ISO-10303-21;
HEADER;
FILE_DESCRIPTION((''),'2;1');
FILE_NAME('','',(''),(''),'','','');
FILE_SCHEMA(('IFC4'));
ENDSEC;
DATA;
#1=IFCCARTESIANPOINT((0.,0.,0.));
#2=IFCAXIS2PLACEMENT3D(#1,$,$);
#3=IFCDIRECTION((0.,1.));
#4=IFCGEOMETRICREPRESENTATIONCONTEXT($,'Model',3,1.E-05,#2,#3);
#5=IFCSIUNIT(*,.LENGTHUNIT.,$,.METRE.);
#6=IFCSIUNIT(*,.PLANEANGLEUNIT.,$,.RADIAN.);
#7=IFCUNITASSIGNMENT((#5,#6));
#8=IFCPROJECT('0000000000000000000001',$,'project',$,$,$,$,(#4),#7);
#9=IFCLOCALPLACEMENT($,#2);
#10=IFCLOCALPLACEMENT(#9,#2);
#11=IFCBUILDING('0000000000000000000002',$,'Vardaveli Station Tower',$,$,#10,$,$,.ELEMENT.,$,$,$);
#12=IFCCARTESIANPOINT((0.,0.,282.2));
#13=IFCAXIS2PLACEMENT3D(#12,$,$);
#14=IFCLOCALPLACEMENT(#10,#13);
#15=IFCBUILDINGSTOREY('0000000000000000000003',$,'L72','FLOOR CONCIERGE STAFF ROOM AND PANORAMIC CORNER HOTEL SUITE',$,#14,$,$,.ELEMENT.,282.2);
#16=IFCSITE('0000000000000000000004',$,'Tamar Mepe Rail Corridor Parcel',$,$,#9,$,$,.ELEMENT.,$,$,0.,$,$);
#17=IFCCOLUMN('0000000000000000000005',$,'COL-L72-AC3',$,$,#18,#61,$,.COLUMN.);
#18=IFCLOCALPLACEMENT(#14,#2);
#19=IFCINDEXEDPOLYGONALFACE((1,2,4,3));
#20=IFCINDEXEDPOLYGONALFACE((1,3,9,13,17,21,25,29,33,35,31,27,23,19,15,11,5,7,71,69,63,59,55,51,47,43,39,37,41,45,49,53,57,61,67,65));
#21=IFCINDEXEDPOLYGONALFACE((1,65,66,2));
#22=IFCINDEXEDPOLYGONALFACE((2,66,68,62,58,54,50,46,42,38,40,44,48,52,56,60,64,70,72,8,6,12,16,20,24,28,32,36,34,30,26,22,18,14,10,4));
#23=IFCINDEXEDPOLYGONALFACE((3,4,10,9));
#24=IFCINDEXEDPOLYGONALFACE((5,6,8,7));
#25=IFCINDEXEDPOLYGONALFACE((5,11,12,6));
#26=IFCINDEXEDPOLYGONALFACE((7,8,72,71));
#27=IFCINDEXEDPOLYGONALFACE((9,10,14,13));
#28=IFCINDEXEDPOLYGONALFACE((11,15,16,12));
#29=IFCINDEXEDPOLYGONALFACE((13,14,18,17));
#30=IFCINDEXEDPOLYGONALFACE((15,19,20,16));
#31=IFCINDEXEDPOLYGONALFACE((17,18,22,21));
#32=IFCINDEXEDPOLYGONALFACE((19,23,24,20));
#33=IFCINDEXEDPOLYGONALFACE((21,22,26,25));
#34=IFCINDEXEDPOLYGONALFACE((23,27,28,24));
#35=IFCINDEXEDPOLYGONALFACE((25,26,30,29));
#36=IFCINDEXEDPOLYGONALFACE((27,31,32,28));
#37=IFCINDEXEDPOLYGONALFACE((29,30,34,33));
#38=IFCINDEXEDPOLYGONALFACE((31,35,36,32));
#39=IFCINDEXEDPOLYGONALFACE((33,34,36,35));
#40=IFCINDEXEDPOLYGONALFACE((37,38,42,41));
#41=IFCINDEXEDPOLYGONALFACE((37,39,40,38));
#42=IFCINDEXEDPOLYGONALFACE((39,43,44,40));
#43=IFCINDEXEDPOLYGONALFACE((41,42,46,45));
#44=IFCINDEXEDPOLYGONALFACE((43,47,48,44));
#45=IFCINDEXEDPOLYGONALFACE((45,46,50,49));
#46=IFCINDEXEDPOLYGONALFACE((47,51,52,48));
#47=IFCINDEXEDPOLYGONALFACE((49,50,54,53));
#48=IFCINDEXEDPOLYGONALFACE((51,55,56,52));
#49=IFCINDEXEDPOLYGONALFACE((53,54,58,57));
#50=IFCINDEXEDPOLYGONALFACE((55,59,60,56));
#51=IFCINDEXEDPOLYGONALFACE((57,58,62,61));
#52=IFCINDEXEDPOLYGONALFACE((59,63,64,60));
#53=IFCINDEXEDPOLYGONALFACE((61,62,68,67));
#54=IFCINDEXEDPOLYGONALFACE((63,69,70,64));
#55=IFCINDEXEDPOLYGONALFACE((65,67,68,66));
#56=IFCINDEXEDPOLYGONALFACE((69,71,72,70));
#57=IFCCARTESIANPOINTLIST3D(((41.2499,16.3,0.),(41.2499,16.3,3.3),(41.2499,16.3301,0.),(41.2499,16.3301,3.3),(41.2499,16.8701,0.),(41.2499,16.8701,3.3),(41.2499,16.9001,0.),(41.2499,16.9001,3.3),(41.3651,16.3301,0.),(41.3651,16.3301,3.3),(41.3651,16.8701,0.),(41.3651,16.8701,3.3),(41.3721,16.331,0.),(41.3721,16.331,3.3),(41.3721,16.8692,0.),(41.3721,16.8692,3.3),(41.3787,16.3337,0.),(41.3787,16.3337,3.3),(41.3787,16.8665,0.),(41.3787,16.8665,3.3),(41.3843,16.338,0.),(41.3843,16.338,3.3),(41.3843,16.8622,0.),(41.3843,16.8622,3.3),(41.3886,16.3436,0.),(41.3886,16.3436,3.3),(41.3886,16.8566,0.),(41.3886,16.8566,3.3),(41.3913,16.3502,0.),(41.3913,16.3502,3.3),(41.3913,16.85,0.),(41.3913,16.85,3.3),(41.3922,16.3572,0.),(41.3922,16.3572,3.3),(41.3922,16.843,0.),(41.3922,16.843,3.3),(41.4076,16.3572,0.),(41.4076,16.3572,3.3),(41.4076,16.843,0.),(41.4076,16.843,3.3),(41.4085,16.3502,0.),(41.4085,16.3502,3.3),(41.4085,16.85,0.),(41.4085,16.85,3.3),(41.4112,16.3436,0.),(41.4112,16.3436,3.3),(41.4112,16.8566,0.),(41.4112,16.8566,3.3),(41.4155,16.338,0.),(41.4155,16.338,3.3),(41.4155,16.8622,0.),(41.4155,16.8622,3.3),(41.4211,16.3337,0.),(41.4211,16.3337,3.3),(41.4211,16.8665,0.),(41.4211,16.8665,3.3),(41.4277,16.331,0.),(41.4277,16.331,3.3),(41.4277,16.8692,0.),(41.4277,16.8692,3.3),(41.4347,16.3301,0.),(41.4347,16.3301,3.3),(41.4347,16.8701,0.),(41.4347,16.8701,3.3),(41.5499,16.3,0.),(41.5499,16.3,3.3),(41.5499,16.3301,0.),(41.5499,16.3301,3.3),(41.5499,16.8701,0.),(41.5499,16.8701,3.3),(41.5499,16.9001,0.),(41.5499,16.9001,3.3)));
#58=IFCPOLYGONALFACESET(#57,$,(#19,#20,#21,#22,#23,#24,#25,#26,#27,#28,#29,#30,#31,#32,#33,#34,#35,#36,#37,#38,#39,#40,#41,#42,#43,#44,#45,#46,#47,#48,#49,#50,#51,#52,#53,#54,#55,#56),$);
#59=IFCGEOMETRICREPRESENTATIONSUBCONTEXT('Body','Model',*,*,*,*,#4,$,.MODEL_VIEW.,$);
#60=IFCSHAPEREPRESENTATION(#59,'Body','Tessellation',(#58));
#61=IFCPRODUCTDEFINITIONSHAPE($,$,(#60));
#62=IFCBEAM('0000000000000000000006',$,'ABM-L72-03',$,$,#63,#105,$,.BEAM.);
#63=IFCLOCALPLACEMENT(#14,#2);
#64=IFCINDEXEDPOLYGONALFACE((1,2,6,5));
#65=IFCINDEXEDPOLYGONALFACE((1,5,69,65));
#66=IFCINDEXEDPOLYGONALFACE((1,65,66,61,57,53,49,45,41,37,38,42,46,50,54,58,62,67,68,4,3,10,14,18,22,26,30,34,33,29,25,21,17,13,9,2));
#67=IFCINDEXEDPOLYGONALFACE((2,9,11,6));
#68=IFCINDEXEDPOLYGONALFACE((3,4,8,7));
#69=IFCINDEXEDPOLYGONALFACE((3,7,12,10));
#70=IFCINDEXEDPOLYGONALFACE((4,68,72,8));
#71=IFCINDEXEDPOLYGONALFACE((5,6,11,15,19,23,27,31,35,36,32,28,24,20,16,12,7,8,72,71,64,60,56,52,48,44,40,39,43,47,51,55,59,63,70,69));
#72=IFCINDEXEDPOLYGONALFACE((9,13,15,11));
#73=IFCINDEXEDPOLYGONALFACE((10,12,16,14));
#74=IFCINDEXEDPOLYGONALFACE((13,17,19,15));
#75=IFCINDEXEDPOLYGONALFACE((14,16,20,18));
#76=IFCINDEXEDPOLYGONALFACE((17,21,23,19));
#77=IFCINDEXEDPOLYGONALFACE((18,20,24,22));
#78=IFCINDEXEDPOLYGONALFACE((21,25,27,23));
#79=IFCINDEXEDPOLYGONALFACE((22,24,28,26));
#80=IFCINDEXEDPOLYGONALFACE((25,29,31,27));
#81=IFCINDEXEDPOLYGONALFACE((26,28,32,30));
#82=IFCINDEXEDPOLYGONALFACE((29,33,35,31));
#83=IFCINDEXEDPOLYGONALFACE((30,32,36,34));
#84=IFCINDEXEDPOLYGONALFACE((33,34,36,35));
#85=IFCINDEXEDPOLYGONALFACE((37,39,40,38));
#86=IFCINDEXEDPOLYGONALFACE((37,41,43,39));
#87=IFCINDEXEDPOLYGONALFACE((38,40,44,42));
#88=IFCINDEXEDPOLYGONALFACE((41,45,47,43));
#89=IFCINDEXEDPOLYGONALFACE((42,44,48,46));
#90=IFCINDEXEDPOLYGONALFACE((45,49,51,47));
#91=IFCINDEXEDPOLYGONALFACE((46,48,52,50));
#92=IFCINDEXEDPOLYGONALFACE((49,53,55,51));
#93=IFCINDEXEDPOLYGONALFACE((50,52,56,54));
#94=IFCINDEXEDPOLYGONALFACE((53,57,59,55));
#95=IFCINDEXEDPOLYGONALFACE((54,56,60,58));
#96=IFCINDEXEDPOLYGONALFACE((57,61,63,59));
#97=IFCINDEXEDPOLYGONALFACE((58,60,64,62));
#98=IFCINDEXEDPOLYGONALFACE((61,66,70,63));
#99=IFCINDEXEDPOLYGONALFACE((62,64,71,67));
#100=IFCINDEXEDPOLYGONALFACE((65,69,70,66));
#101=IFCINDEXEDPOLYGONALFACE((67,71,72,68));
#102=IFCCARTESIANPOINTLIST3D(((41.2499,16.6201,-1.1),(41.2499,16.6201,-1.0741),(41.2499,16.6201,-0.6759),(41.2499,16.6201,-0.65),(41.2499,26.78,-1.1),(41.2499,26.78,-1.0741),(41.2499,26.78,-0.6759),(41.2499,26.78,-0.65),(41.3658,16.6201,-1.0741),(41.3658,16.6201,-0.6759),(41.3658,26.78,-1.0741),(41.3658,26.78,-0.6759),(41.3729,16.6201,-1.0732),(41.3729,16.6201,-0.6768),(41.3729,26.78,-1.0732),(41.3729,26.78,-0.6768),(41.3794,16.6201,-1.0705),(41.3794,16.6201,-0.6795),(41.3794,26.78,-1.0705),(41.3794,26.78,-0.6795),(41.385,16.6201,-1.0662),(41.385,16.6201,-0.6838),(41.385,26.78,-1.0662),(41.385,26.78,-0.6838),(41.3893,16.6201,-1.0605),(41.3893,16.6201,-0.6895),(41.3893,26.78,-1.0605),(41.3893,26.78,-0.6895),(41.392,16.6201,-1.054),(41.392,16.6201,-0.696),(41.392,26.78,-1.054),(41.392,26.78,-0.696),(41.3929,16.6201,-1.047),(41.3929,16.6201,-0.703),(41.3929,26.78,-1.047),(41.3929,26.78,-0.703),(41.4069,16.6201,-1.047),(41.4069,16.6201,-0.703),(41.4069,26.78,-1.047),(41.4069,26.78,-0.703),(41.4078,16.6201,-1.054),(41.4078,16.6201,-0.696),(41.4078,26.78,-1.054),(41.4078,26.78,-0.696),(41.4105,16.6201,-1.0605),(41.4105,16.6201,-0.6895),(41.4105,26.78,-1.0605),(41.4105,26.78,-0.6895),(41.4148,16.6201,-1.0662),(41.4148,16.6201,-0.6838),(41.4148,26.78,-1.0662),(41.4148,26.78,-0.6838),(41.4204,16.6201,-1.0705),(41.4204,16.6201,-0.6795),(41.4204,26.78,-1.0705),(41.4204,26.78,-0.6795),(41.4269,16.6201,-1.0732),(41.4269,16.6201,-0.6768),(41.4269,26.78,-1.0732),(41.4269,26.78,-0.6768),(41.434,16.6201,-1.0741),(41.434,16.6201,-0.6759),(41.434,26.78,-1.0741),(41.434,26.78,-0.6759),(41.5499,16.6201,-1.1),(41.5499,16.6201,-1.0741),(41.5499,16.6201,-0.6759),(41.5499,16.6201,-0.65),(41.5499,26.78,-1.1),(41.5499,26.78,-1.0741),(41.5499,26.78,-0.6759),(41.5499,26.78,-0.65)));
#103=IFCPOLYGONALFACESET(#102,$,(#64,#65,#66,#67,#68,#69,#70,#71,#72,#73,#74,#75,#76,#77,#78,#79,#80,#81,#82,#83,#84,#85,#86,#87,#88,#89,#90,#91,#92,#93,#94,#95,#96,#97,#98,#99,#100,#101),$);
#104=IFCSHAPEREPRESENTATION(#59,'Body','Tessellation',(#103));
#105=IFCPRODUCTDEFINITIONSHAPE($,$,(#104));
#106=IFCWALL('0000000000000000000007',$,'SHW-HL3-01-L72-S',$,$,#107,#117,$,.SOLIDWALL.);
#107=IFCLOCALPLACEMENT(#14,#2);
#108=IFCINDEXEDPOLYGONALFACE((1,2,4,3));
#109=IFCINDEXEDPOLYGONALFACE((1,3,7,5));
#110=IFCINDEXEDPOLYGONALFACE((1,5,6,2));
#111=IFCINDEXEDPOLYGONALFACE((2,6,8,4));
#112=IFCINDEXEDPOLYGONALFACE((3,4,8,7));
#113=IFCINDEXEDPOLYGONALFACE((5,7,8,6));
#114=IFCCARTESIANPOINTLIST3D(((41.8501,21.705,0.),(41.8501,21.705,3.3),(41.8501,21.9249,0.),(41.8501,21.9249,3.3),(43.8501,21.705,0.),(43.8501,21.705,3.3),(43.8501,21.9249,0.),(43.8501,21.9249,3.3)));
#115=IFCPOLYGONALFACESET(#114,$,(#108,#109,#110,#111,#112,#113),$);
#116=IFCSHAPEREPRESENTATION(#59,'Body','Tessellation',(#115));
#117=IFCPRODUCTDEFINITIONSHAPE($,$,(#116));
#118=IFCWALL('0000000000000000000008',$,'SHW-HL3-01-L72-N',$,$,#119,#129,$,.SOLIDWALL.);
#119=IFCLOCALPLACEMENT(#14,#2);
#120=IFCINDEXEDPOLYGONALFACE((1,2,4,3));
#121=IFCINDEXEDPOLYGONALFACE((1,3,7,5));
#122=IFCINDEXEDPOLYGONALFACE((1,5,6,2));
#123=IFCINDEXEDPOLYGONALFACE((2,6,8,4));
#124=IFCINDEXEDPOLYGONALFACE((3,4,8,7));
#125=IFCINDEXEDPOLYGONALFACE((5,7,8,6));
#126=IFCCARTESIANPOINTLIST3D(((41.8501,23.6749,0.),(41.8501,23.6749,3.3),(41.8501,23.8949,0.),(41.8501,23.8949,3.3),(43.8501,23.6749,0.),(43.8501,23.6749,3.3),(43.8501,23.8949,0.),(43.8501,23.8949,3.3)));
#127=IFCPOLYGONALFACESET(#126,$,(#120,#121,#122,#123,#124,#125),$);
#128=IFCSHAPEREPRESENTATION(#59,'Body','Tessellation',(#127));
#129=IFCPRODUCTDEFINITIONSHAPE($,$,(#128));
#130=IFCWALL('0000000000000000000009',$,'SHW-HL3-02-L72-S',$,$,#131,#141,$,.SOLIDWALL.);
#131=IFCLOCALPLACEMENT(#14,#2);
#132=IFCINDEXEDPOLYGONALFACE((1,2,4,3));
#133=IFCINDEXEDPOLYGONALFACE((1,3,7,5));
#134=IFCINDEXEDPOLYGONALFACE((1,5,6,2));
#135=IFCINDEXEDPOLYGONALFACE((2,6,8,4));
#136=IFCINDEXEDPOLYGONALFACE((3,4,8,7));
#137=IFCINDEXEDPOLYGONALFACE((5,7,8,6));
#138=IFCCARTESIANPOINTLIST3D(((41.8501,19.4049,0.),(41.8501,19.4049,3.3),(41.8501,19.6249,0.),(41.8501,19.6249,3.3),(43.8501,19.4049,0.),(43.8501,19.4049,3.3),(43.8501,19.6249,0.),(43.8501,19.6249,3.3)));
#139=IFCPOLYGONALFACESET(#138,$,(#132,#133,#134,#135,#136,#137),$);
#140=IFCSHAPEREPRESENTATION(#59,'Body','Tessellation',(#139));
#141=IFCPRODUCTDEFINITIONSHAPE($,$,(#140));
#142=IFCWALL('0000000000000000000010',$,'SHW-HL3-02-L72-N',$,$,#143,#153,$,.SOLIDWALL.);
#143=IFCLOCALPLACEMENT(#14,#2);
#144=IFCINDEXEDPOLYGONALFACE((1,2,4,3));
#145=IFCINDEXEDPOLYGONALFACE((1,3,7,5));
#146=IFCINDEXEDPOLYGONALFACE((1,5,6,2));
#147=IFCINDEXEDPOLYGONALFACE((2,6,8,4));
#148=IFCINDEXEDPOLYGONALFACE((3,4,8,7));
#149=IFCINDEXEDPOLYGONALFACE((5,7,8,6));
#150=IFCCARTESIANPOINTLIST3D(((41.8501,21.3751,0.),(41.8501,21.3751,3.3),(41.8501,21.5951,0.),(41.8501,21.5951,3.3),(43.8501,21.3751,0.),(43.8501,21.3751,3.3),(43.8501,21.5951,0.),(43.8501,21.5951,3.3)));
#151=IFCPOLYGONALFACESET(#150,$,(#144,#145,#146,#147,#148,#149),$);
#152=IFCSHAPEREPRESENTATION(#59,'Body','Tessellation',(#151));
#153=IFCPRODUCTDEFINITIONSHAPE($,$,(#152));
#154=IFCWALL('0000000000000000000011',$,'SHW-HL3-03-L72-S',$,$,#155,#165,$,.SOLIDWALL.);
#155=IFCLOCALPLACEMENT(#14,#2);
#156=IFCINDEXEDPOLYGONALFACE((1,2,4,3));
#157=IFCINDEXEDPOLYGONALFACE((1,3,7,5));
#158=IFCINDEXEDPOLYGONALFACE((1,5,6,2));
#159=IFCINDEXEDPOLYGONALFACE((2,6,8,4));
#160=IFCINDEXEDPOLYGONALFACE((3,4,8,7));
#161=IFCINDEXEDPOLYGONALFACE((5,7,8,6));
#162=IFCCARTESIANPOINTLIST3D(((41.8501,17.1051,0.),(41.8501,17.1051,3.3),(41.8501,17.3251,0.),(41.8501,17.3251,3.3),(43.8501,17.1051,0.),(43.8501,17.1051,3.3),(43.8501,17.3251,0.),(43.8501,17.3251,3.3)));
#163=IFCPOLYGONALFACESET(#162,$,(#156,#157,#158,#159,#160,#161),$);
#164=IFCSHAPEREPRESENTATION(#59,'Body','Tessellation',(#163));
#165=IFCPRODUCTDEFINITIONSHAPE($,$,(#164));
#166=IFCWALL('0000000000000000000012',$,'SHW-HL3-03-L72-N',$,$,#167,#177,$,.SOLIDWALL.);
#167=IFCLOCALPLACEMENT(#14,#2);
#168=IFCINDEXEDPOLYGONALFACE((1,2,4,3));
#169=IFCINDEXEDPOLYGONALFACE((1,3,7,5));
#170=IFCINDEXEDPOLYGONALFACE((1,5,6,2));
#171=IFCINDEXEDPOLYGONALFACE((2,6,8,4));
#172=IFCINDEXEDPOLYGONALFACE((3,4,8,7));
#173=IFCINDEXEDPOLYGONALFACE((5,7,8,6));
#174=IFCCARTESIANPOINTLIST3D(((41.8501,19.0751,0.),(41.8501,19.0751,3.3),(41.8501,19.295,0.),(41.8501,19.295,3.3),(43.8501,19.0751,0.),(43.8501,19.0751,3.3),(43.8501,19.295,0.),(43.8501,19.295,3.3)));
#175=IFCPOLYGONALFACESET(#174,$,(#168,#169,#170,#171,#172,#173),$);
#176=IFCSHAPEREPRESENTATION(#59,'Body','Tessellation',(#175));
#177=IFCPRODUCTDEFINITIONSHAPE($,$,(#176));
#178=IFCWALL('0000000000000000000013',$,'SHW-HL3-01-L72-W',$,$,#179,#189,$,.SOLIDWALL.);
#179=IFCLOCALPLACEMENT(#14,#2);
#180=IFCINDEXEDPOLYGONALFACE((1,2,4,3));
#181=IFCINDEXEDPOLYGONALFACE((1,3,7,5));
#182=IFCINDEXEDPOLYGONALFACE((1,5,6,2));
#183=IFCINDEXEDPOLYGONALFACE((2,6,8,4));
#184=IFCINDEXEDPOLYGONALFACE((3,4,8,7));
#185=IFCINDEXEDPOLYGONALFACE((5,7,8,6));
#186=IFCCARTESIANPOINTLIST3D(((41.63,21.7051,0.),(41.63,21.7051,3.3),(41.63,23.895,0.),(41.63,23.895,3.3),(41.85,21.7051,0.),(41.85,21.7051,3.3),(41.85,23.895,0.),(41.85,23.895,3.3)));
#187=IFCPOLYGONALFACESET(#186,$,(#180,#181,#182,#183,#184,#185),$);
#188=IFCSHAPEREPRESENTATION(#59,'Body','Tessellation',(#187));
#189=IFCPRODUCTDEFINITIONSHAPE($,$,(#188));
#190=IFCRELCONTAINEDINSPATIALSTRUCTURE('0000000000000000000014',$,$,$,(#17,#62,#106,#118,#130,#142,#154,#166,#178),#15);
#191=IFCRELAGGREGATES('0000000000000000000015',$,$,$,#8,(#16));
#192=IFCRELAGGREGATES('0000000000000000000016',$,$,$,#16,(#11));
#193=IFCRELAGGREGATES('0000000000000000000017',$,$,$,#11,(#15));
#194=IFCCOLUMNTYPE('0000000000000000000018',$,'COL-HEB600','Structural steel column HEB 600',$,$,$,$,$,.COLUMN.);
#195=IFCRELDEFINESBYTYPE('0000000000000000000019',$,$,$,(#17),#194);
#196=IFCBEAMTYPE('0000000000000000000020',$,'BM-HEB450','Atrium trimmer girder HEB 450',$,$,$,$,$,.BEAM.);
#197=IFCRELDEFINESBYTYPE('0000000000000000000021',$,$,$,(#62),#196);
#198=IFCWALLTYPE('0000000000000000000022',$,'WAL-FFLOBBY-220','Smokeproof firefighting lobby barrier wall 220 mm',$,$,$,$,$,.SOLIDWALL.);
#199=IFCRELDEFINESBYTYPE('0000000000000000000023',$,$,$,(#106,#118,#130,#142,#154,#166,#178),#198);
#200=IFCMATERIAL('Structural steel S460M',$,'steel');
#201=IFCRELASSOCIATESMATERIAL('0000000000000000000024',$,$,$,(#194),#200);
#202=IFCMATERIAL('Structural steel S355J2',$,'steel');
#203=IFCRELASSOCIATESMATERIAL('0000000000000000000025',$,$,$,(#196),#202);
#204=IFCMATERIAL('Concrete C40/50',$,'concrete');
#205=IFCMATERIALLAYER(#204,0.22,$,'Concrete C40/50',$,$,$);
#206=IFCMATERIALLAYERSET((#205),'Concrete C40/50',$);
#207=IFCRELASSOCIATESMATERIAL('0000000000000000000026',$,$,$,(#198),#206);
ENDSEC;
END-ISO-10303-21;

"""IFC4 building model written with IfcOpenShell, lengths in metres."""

from ifc_helpers import new_model, si_unit, direction, frame, frame_2d, origin, origin_2d, place, context, subcontext, project, spatial, rectangle, i_section, extrude, source, transform, mapped, material, layer, layer_set, material_profile, profile_set, type_object, element, save


model = new_model("IFC4")

# Units and contexts
model_context = context("Model", 3, precision=1e-05, world=origin(), true_north=direction((0.0, 1.0)))
body_context = subcontext(model_context, "Body", "Model", "MODEL_VIEW")
ifc_project = project(units=[si_unit("LENGTHUNIT", "METRE"), si_unit("PLANEANGLEUNIT", "RADIAN")], contexts=[model_context])

# Site, building, storey
site_placement = place(None, origin())
site = spatial("IfcSite", under=ifc_project, at=site_placement, Name="Tamar Mepe Rail Corridor Parcel", CompositionType="ELEMENT", RefElevation=0.0)
building_placement = place(site_placement, origin())
building = spatial("IfcBuilding", under=site, at=building_placement, Name="Vardaveli Station Tower", CompositionType="ELEMENT")
storey_placement = place(building_placement, frame((0.0, 0.0, 282.2)))
storey = spatial("IfcBuildingStorey", under=building, at=storey_placement, Name="L72", Description="FLOOR CONCIERGE STAFF ROOM AND PANORAMIC CORNER HOTEL SUITE", CompositionType="ELEMENT", Elevation=282.2)

# Column
ifc_material_1 = material(Name="Structural steel S460M", Category="steel")
ifc_material_profile_1 = material_profile(ifc_material_1, i_section(OverallWidth=0.3, OverallDepth=0.6001, WebThickness=0.0154, FlangeThickness=0.03, FilletRadius=0.0271, at=origin_2d()), Name="HEB 600")
ifc_profile_set_1 = profile_set([ifc_material_profile_1], Name="Structural steel S460M")
column_type = type_object("IfcColumnType", Name="COL-HEB600", Description="Structural steel column HEB 600", PredefinedType="COLUMN", material=ifc_profile_set_1)
shared_shape_1 = source(origin(), body_context, "Body", "SweptSolid", [
    extrude(i_section(OverallWidth=0.3, OverallDepth=0.6001, WebThickness=0.0154, FlangeThickness=0.03, FilletRadius=0.0271, at=origin_2d()), origin(), (0.0, 0.0, 1.0), 3.3),
])
column_placement = place(storey_placement, frame((41.3999, 16.6001, 0.0), z_axis=(0.0, 0.0, 1.0), x_axis=(1.0, 0.0, 0.0)))
element("IfcColumn", 1, at=column_placement, inside=storey, type_object=column_type, Name="COL-L72-AC3", PredefinedType="COLUMN", context=body_context, shape_type="MappedRepresentation", body=[
    mapped(shared_shape_1, transform((0.0, 0.0, 0.0), scale=1.0)),
])

# Beam
ifc_material_2 = material(Name="Structural steel S355J2", Category="steel")
ifc_material_profile_2 = material_profile(ifc_material_2, i_section(OverallWidth=0.3, OverallDepth=0.45, WebThickness=0.0139, FlangeThickness=0.0259, FilletRadius=0.0271, at=origin_2d()), Name="HEB 450")
ifc_profile_set_2 = profile_set([ifc_material_profile_2], Name="Structural steel S355J2")
beam_type = type_object("IfcBeamType", Name="BM-HEB450", Description="Atrium trimmer girder HEB 450", PredefinedType="BEAM", material=ifc_profile_set_2)
shared_shape_2 = source(origin(), body_context, "Body", "SweptSolid", [
    extrude(i_section(OverallWidth=0.3, OverallDepth=0.45, WebThickness=0.0139, FlangeThickness=0.0259, FilletRadius=0.0271, at=origin_2d()), origin(), (0.0, 0.0, 1.0), 10.1599),
])
beam_placement = place(storey_placement, frame((41.3999, 16.6201, -0.875), z_axis=(0.0, 1.0, 0.0), x_axis=(-1.0, 0.0, 0.0)))
element("IfcBeam", 2, at=beam_placement, inside=storey, type_object=beam_type, Name="ABM-L72-03", PredefinedType="BEAM", context=body_context, shape_type="MappedRepresentation", body=[
    mapped(shared_shape_2, transform((0.0, 0.0, 0.0), scale=1.0)),
])

# Walls
ifc_material_3 = material(Name="Concrete C40/50", Category="concrete")
ifc_layer_1 = layer(ifc_material_3, 0.22, Name="Concrete C40/50")
ifc_layer_set_1 = layer_set([ifc_layer_1], Name="Concrete C40/50")
wall_type_1 = type_object("IfcWallType", Name="WAL-FFLOBBY-220", Description="Smokeproof firefighting lobby barrier wall 220 mm", PredefinedType="SOLIDWALL", material=ifc_layer_set_1)
shared_shape_3 = source(origin(), body_context, "Body", "SweptSolid", [
    extrude(rectangle(XDim=2.0, YDim=0.22, at=frame_2d((1.0, 0.0))), origin(), (0.0, 0.0, 1.0), 3.3),
])
for number, where, z_axis, x_axis, name in (
    (3, (41.8501, 21.8149, 0.0), (0.0, 0.0, 1.0), (1.0, 0.0, 0.0), "SHW-HL3-01-L72-S"),
    (4, (41.8501, 23.7849, 0.0), (0.0, 0.0, 1.0), (1.0, 0.0, 0.0), "SHW-HL3-01-L72-N"),
    (5, (41.8501, 19.5149, 0.0), (0.0, 0.0, 1.0), (1.0, 0.0, 0.0), "SHW-HL3-02-L72-S"),
    (6, (41.8501, 21.4851, 0.0), (0.0, 0.0, 1.0), (1.0, 0.0, 0.0), "SHW-HL3-02-L72-N"),
    (7, (41.8501, 17.2151, 0.0), (0.0, 0.0, 1.0), (1.0, 0.0, 0.0), "SHW-HL3-03-L72-S"),
    (8, (41.8501, 19.1851, 0.0), (0.0, 0.0, 1.0), (1.0, 0.0, 0.0), "SHW-HL3-03-L72-N"),
):
    element("IfcWall", number, at=place(storey_placement, frame(where, z_axis=z_axis, x_axis=x_axis)), inside=storey, type_object=wall_type_1, Name=name, PredefinedType="SOLIDWALL", context=body_context, shape_type="MappedRepresentation", body=[
        mapped(shared_shape_3, transform((0.0, 0.0, 0.0), scale=1.0)),
    ])
shared_shape_4 = source(origin(), body_context, "Body", "SweptSolid", [
    extrude(rectangle(XDim=2.1899, YDim=0.22, at=frame_2d((1.095, 0.0))), origin(), (0.0, 0.0, 1.0), 3.3),
])
wall_1_placement = place(storey_placement, frame((41.74, 21.7051, 0.0), z_axis=(0.0, 0.0, 1.0), x_axis=(0.0, 1.0, 0.0)))
element("IfcWall", 9, at=wall_1_placement, inside=storey, type_object=wall_type_1, Name="SHW-HL3-01-L72-W", PredefinedType="SOLIDWALL", context=body_context, shape_type="MappedRepresentation", body=[
    mapped(shared_shape_4, transform((0.0, 0.0, 0.0), scale=1.0)),
])

save(model, "model.ifc")
